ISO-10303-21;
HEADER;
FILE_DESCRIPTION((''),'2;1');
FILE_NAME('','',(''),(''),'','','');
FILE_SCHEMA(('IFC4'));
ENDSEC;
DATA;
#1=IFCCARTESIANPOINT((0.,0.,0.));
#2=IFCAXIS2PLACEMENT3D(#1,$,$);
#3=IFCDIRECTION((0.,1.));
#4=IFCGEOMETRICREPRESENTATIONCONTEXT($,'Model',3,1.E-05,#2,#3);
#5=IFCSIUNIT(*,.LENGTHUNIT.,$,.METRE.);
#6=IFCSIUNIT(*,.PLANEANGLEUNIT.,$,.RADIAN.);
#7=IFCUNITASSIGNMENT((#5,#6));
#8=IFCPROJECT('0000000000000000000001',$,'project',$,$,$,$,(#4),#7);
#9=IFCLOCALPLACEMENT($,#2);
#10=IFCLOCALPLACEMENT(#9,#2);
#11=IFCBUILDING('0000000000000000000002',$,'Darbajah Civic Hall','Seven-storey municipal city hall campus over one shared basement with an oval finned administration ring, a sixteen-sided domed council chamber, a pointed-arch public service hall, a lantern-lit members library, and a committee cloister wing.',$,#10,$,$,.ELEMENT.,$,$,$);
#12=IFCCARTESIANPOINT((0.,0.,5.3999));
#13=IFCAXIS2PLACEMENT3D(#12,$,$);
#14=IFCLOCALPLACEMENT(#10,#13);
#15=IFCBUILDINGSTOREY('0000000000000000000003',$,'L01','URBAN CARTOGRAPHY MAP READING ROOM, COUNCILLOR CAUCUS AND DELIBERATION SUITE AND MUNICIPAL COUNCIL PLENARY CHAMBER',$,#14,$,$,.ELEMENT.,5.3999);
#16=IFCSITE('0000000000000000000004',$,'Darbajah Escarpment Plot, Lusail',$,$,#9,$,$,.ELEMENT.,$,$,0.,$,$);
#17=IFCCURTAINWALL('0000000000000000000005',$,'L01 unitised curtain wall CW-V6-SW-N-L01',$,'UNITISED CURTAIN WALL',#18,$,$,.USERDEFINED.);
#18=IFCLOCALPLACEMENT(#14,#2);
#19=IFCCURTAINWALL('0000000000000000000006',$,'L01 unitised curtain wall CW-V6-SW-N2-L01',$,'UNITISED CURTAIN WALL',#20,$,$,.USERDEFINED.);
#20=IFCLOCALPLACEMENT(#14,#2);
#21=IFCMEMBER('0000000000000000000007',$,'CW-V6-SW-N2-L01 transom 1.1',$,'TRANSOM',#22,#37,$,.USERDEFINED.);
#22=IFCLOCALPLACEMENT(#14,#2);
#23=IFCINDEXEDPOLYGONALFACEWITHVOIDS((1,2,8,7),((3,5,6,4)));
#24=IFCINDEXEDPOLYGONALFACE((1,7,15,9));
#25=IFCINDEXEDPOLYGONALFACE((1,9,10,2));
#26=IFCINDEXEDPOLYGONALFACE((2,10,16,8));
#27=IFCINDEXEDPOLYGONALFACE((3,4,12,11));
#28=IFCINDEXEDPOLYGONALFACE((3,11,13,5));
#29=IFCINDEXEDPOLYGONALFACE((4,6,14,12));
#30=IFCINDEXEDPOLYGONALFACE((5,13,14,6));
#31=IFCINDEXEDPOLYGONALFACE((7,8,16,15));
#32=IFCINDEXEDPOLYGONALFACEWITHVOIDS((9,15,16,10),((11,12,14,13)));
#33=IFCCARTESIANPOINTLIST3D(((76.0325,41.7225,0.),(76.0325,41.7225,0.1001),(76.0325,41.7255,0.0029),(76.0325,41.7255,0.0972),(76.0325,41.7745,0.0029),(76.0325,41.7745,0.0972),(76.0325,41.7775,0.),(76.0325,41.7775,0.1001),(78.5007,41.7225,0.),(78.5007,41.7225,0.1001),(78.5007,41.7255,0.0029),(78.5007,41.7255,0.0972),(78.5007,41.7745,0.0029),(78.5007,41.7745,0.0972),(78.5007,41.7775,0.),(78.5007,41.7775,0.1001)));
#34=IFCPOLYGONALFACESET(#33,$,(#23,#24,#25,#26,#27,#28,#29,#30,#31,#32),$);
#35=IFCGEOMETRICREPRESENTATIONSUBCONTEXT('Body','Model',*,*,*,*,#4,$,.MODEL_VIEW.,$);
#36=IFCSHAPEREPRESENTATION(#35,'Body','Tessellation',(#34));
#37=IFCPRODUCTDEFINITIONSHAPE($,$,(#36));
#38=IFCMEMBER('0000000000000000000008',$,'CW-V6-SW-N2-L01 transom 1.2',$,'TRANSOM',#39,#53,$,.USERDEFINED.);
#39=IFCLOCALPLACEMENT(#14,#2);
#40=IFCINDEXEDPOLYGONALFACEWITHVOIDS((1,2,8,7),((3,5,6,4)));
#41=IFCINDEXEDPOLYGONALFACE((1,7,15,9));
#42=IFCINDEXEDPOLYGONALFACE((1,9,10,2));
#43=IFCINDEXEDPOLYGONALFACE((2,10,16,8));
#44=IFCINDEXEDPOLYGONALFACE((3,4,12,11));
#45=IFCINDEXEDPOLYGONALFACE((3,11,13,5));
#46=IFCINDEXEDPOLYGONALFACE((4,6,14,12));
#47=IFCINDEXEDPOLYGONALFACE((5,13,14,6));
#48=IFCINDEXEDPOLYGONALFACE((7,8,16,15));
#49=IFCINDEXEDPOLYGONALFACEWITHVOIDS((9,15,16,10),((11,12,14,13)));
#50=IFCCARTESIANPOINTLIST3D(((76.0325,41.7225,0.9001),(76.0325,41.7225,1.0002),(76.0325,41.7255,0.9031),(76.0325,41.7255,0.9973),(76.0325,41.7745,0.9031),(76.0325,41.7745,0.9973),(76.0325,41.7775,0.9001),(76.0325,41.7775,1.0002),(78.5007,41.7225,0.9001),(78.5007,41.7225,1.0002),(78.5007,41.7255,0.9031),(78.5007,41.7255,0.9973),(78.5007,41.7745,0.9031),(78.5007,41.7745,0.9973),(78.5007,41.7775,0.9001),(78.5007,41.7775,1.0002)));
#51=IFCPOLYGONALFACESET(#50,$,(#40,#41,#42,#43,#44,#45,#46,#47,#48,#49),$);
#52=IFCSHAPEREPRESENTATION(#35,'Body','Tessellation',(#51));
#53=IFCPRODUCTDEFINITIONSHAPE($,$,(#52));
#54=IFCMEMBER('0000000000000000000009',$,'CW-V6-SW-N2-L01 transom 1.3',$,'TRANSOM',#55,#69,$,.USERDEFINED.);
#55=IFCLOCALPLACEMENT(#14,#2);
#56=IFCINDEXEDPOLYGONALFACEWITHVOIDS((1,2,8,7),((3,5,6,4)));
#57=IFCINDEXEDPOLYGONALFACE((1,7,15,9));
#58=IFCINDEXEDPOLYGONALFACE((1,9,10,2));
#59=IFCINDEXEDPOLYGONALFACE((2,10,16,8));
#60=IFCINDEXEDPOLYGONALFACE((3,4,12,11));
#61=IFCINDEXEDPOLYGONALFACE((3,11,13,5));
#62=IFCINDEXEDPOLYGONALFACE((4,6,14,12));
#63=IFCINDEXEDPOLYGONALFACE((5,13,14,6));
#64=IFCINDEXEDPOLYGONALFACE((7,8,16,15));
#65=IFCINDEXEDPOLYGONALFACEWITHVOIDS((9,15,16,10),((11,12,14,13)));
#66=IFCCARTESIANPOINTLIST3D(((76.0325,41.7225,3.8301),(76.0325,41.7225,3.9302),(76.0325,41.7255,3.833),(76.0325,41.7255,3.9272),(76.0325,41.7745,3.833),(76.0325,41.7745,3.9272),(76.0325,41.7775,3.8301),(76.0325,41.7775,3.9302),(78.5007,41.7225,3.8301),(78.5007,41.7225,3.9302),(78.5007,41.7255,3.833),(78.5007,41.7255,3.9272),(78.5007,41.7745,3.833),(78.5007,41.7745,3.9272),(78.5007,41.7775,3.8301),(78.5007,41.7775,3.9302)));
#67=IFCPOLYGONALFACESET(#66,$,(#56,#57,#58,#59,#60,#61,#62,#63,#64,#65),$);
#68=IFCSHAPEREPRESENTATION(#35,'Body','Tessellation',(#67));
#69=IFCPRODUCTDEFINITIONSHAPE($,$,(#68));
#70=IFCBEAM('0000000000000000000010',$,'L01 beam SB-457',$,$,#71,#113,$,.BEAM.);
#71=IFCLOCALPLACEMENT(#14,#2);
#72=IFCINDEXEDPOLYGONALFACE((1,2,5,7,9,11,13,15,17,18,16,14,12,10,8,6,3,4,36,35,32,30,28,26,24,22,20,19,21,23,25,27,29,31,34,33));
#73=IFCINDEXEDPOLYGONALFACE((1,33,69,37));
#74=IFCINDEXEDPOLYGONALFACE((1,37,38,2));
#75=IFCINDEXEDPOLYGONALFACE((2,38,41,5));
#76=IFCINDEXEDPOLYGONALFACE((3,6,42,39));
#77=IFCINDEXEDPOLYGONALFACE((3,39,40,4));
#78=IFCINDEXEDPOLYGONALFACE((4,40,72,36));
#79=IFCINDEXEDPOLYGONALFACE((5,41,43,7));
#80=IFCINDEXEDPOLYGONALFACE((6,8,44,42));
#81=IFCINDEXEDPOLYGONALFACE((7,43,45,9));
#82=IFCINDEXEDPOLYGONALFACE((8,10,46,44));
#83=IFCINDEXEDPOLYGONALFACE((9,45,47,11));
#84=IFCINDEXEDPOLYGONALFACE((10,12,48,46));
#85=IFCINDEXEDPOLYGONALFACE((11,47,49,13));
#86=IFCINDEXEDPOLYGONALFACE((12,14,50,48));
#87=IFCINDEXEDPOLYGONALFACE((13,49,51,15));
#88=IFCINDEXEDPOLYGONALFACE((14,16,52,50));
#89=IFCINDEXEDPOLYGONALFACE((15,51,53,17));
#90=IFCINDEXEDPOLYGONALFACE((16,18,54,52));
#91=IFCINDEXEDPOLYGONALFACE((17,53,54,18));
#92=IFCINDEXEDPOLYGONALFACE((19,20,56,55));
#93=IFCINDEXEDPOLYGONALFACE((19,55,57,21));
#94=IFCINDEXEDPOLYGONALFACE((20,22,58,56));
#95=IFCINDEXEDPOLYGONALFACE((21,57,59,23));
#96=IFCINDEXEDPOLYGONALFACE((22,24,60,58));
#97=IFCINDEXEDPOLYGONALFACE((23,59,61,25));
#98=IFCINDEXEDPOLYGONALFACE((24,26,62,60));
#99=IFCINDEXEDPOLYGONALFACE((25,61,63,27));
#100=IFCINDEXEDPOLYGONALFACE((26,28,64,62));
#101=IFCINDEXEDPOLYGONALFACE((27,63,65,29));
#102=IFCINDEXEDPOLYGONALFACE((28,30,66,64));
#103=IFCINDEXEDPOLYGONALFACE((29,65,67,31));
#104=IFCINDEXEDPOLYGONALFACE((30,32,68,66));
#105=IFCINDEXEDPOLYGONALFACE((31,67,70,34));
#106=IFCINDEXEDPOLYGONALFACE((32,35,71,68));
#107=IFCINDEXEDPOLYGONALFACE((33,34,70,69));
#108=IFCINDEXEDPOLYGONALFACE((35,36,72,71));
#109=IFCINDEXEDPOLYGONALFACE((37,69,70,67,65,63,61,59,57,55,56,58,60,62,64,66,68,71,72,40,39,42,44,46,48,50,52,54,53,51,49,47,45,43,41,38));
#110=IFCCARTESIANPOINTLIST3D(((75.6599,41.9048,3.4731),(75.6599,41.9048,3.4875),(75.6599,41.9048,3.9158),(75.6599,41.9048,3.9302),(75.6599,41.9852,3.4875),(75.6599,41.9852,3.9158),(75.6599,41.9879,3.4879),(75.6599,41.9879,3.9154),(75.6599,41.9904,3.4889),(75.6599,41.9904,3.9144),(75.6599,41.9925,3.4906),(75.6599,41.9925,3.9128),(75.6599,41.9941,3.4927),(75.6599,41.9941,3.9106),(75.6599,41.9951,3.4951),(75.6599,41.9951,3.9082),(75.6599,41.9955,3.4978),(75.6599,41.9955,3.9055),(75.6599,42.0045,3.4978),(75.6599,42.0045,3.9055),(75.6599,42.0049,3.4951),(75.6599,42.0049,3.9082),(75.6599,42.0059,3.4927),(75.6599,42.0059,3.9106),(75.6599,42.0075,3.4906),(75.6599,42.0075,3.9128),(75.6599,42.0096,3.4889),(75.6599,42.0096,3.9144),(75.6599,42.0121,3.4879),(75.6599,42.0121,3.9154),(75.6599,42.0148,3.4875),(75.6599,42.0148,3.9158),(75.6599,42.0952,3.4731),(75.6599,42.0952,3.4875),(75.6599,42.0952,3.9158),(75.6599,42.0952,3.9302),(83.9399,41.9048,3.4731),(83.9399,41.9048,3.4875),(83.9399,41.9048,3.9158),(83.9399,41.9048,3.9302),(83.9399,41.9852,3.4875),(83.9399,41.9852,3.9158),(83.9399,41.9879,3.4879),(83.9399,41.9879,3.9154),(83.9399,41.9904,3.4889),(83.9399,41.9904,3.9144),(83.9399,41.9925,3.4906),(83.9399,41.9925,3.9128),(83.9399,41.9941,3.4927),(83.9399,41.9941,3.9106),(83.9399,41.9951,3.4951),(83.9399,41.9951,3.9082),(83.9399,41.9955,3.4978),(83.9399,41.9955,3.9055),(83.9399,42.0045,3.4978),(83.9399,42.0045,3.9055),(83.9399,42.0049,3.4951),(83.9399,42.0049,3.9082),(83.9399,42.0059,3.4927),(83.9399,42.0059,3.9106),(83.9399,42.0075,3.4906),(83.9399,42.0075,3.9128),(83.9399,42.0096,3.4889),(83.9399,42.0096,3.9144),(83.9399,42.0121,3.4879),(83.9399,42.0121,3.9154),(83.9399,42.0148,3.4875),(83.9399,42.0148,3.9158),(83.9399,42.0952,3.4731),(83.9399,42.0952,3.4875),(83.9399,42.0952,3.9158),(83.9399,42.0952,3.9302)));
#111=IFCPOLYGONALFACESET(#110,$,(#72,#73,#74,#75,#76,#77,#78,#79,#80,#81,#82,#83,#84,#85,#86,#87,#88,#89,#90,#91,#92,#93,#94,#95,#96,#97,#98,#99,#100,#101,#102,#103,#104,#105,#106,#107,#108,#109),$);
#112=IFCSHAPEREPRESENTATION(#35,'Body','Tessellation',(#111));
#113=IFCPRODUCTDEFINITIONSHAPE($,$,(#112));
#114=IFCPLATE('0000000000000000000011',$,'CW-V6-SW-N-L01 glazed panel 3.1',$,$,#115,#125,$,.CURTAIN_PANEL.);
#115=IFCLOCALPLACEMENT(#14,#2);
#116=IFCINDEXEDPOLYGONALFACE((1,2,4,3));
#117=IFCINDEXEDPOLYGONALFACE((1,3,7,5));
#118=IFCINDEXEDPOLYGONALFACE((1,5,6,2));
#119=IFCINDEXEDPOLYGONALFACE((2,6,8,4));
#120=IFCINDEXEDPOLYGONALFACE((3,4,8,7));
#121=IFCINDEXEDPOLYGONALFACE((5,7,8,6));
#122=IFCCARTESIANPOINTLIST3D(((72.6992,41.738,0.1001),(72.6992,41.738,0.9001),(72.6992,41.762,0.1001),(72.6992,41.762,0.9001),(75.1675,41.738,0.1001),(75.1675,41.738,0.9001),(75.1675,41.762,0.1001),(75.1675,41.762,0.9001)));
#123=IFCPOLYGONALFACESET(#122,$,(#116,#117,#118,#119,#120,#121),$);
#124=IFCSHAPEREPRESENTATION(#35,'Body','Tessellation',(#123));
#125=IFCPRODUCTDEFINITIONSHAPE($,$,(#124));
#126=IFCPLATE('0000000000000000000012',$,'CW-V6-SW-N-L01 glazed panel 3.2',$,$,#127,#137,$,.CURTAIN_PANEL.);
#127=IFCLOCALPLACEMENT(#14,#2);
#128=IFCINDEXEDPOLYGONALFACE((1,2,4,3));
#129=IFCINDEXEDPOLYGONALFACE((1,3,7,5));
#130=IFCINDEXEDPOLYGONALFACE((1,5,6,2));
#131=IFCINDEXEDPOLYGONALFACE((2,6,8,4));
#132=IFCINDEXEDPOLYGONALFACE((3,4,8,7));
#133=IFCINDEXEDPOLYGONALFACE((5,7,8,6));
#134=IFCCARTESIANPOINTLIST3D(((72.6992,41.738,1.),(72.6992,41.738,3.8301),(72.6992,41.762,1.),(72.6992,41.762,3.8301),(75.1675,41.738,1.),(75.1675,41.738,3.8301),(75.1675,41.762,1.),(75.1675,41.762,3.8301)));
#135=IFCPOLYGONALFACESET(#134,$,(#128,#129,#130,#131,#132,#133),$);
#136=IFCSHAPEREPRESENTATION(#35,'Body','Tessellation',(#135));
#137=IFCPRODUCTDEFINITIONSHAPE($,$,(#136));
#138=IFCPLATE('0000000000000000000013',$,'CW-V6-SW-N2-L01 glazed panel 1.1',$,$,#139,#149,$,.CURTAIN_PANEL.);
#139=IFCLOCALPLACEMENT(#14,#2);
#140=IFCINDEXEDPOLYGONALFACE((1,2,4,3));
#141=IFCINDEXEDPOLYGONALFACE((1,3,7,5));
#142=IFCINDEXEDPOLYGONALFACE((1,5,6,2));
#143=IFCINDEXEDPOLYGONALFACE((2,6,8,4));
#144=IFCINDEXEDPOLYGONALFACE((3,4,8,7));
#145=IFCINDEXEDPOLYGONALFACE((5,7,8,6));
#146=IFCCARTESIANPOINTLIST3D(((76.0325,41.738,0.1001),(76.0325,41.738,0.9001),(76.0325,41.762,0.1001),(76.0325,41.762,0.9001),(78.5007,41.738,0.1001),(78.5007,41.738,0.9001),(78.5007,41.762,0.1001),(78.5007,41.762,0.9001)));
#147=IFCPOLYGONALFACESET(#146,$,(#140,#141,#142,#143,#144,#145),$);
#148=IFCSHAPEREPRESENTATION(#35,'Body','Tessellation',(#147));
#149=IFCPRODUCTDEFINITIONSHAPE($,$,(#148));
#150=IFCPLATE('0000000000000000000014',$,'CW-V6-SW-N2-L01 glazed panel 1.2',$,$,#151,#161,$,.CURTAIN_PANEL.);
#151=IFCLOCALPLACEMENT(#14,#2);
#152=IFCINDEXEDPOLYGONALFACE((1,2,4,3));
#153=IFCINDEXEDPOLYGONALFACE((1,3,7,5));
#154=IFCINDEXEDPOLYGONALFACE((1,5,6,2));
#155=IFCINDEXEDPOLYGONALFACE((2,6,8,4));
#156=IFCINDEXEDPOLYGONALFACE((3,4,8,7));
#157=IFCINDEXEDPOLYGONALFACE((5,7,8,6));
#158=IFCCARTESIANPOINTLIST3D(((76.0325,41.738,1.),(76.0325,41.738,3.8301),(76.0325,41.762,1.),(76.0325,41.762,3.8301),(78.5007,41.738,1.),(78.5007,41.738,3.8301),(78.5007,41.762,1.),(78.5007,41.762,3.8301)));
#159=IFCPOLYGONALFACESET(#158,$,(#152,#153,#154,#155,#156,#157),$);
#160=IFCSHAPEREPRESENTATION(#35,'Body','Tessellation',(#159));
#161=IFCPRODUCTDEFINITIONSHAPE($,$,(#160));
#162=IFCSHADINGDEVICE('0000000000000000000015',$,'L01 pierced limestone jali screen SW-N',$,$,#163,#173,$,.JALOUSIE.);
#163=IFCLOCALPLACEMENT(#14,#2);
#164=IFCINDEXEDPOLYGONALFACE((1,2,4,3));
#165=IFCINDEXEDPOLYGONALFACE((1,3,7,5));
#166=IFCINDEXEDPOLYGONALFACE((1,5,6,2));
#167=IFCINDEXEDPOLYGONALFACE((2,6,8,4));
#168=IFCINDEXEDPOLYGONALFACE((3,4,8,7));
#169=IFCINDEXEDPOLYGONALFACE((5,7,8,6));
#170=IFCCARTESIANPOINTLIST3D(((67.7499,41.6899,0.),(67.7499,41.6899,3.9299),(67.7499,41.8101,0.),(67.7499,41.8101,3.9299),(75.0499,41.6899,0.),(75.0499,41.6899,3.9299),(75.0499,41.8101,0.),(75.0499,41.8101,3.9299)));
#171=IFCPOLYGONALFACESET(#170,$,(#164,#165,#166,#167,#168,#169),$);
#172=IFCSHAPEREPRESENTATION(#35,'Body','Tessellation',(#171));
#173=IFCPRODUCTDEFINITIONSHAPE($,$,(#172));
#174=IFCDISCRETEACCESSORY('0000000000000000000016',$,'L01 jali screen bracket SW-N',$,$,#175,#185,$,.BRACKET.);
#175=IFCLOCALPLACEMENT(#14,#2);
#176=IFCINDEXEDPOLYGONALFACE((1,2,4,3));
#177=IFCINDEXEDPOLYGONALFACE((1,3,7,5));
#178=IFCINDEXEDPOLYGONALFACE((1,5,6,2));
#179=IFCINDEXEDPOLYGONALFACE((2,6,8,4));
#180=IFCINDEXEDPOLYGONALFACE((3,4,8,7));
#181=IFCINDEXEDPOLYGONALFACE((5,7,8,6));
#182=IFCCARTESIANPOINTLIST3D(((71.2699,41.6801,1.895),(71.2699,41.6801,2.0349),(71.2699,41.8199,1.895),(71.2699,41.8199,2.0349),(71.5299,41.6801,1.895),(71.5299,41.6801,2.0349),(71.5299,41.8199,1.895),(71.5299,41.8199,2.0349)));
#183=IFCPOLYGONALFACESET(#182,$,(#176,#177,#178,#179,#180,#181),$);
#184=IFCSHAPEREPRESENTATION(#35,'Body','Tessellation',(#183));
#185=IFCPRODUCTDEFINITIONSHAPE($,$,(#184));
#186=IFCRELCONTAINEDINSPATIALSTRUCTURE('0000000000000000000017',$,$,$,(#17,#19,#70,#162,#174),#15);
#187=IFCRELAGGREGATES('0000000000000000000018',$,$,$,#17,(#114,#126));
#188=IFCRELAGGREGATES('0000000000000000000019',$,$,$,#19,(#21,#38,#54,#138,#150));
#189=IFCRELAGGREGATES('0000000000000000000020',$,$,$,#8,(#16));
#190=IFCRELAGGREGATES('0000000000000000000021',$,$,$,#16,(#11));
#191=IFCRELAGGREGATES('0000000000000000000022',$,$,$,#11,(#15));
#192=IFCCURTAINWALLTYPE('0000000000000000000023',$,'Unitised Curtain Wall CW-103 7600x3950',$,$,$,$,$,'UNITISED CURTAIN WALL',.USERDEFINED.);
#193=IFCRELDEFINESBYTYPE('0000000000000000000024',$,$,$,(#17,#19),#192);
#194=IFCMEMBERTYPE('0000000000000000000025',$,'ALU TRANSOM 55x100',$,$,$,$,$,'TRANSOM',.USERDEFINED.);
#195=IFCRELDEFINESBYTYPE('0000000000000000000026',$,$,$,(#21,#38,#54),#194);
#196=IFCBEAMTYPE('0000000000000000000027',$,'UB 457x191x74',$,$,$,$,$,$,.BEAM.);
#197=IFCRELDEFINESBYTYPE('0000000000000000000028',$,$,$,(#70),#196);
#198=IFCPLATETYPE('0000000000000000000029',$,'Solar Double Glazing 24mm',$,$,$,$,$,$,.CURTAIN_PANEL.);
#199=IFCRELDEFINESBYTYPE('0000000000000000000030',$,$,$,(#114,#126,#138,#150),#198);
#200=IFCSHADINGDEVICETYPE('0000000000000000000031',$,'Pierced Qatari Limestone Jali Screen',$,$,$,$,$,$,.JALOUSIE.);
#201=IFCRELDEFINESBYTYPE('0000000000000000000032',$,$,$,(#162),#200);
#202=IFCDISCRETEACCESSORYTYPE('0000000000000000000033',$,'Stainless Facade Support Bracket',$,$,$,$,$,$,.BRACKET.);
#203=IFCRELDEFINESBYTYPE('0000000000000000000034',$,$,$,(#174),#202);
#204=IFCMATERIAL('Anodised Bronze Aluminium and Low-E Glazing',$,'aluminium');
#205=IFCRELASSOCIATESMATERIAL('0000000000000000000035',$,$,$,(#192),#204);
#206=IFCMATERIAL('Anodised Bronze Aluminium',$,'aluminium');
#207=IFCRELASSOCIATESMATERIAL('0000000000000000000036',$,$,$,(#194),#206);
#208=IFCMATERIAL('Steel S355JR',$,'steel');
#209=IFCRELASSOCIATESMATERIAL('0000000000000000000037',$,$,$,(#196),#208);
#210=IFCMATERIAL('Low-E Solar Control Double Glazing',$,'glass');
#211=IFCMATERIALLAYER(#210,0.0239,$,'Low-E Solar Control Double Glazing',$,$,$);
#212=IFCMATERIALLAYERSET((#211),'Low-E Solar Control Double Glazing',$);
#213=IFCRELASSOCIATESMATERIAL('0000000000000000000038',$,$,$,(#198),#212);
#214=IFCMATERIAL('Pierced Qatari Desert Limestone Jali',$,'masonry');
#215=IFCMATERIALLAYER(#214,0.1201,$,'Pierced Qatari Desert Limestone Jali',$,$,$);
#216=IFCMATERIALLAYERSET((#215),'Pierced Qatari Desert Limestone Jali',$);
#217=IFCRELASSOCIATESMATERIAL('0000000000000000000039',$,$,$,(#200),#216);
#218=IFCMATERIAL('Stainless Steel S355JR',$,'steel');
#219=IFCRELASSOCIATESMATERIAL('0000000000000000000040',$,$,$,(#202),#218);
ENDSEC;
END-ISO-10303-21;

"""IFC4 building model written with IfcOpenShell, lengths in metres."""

from ifc_helpers import new_model, si_unit, direction, frame, origin, origin_2d, place, context, subcontext, project, spatial, rectangle, hollow_rectangle, i_section, extrude, material, layer, layer_set, material_profile, profile_set, type_object, element, aggregate, save


model = new_model("IFC4")

# Units and contexts
model_context = context("Model", 3, precision=1e-05, world=origin(), true_north=direction((0.0, 1.0)))
body_context = subcontext(model_context, "Body", "Model", "MODEL_VIEW")
ifc_project = project(units=[si_unit("LENGTHUNIT", "METRE"), si_unit("PLANEANGLEUNIT", "RADIAN")], contexts=[model_context])

# Site, building, storey
site_placement = place(None, origin())
site = spatial("IfcSite", under=ifc_project, at=site_placement, Name="Darbajah Escarpment Plot, Lusail", CompositionType="ELEMENT", RefElevation=0.0)
building_placement = place(site_placement, origin())
building = spatial("IfcBuilding", under=site, at=building_placement, Name="Darbajah Civic Hall", Description="Seven-storey municipal city hall campus over one shared basement with an oval finned administration ring, a sixteen-sided domed council chamber, a pointed-arch public service hall, a lantern-lit members library, and a committee cloister wing.", CompositionType="ELEMENT")
storey_placement = place(building_placement, frame((0.0, 0.0, 5.3999)))
storey = spatial("IfcBuildingStorey", under=building, at=storey_placement, Name="L01", Description="URBAN CARTOGRAPHY MAP READING ROOM, COUNCILLOR CAUCUS AND DELIBERATION SUITE AND MUNICIPAL COUNCIL PLENARY CHAMBER", CompositionType="ELEMENT", Elevation=5.3999)

# Shared definitions
ifc_material_1 = material(Name="Steel S355JR", Category="steel")

# Curtain walls
ifc_material_2 = material(Name="Anodised Bronze Aluminium and Low-E Glazing", Category="aluminium")
curtain_wall_type = type_object("IfcCurtainWallType", Name="Unitised Curtain Wall CW-103 7600x3950", ElementType="UNITISED CURTAIN WALL", PredefinedType="USERDEFINED", material=ifc_material_2)
curtain_wall_1_placement = place(storey_placement, origin())
curtain_wall_1 = element("IfcCurtainWall", 1, at=curtain_wall_1_placement, inside=storey, type_object=curtain_wall_type, Name="L01 unitised curtain wall CW-V6-SW-N-L01", ObjectType="UNITISED CURTAIN WALL", PredefinedType="USERDEFINED")
ifc_material_3 = material(Name="Anodised Bronze Aluminium", Category="aluminium")
curtain_wall_2_placement = place(storey_placement, origin())
curtain_wall_2 = element("IfcCurtainWall", 2, at=curtain_wall_2_placement, inside=storey, type_object=curtain_wall_type, Name="L01 unitised curtain wall CW-V6-SW-N2-L01", ObjectType="UNITISED CURTAIN WALL", PredefinedType="USERDEFINED")

# Shared definitions
ifc_material_profile_1 = material_profile(ifc_material_3, hollow_rectangle(XDim=0.0549, YDim=0.1001, WallThickness=0.0029, at=origin_2d()), Name="ALU TRANSOM 55x100")
ifc_profile_set_1 = profile_set([ifc_material_profile_1], Name="Anodised Bronze Aluminium")
member_type_1 = type_object("IfcMemberType", Name="ALU TRANSOM 55x100", ElementType="TRANSOM", PredefinedType="USERDEFINED", material=ifc_profile_set_1)

# Members
member_1_placement = place(storey_placement, frame((76.0325, 41.75, 0.05), z_axis=(1.0, 0.0, 0.0), x_axis=(0.0, 1.0, 0.0)))
member_1 = element("IfcMember", 3, at=member_1_placement, type_object=member_type_1, Name="CW-V6-SW-N2-L01 transom 1.1", ObjectType="TRANSOM", PredefinedType="USERDEFINED", context=body_context, shape_type="SweptSolid", body=[
    extrude(hollow_rectangle(XDim=0.0549, YDim=0.1001, WallThickness=0.0029, at=origin_2d()), origin(), (0.0, 0.0, 1.0), 2.4683),
])
member_2_placement = place(storey_placement, frame((76.0325, 41.75, 0.9502), z_axis=(1.0, 0.0, 0.0), x_axis=(0.0, 1.0, 0.0)))
member_2 = element("IfcMember", 4, at=member_2_placement, type_object=member_type_1, Name="CW-V6-SW-N2-L01 transom 1.2", ObjectType="TRANSOM", PredefinedType="USERDEFINED", context=body_context, shape_type="SweptSolid", body=[
    extrude(hollow_rectangle(XDim=0.0549, YDim=0.1001, WallThickness=0.0029, at=origin_2d()), origin(), (0.0, 0.0, 1.0), 2.4683),
])
member_3_placement = place(storey_placement, frame((76.0325, 41.75, 3.8801), z_axis=(1.0, 0.0, 0.0), x_axis=(0.0, 1.0, 0.0)))
member_3 = element("IfcMember", 5, at=member_3_placement, type_object=member_type_1, Name="CW-V6-SW-N2-L01 transom 1.3", ObjectType="TRANSOM", PredefinedType="USERDEFINED", context=body_context, shape_type="SweptSolid", body=[
    extrude(hollow_rectangle(XDim=0.0549, YDim=0.1001, WallThickness=0.0029, at=origin_2d()), origin(), (0.0, 0.0, 1.0), 2.4683),
])

# Beam
ifc_material_profile_2 = material_profile(ifc_material_1, i_section(OverallWidth=0.1904, OverallDepth=0.457, WebThickness=0.009, FlangeThickness=0.0144, FilletRadius=0.0103, at=origin_2d()), Name="UB 457x191x74")
ifc_profile_set_2 = profile_set([ifc_material_profile_2], Name="Steel S355JR")
beam_type = type_object("IfcBeamType", Name="UB 457x191x74", PredefinedType="BEAM", material=ifc_profile_set_2)
beam_placement = place(storey_placement, frame((75.6599, 42.0, 3.7017), z_axis=(1.0, 0.0, 0.0), x_axis=(0.0, 1.0, 0.0)))
element("IfcBeam", 6, at=beam_placement, inside=storey, type_object=beam_type, Name="L01 beam SB-457", PredefinedType="BEAM", context=body_context, shape_type="SweptSolid", body=[
    extrude(i_section(OverallWidth=0.1904, OverallDepth=0.457, WebThickness=0.009, FlangeThickness=0.0144, FilletRadius=0.0103, at=origin_2d()), origin(), (0.0, 0.0, 1.0), 8.28),
])

# Plates
ifc_material_4 = material(Name="Low-E Solar Control Double Glazing", Category="glass")
ifc_layer_1 = layer(ifc_material_4, 0.0239, Name="Low-E Solar Control Double Glazing")
ifc_layer_set_1 = layer_set([ifc_layer_1], Name="Low-E Solar Control Double Glazing")
plate_type = type_object("IfcPlateType", Name="Solar Double Glazing 24mm", PredefinedType="CURTAIN_PANEL", material=ifc_layer_set_1)
plate_1_placement = place(storey_placement, frame((73.9333, 41.75, 0.1001), z_axis=(0.0, 0.0, 1.0), x_axis=(1.0, 0.0, 0.0)))
plate_1 = element("IfcPlate", 7, at=plate_1_placement, type_object=plate_type, Name="CW-V6-SW-N-L01 glazed panel 3.1", PredefinedType="CURTAIN_PANEL", context=body_context, shape_type="SweptSolid", body=[
    extrude(rectangle(XDim=2.4683, YDim=0.0239, at=origin_2d()), origin(), (0.0, 0.0, 1.0), 0.8),
])
plate_2_placement = place(storey_placement, frame((73.9333, 41.75, 1.0), z_axis=(0.0, 0.0, 1.0), x_axis=(1.0, 0.0, 0.0)))
plate_2 = element("IfcPlate", 8, at=plate_2_placement, type_object=plate_type, Name="CW-V6-SW-N-L01 glazed panel 3.2", PredefinedType="CURTAIN_PANEL", context=body_context, shape_type="SweptSolid", body=[
    extrude(rectangle(XDim=2.4683, YDim=0.0239, at=origin_2d()), origin(), (0.0, 0.0, 1.0), 2.8301),
])
aggregate(curtain_wall_1, [plate_1, plate_2])
plate_3_placement = place(storey_placement, frame((77.2666, 41.75, 0.1001), z_axis=(0.0, 0.0, 1.0), x_axis=(1.0, 0.0, 0.0)))
plate_3 = element("IfcPlate", 9, at=plate_3_placement, type_object=plate_type, Name="CW-V6-SW-N2-L01 glazed panel 1.1", PredefinedType="CURTAIN_PANEL", context=body_context, shape_type="SweptSolid", body=[
    extrude(rectangle(XDim=2.4683, YDim=0.0239, at=origin_2d()), origin(), (0.0, 0.0, 1.0), 0.8),
])
plate_4_placement = place(storey_placement, frame((77.2666, 41.75, 1.0), z_axis=(0.0, 0.0, 1.0), x_axis=(1.0, 0.0, 0.0)))
plate_4 = element("IfcPlate", 10, at=plate_4_placement, type_object=plate_type, Name="CW-V6-SW-N2-L01 glazed panel 1.2", PredefinedType="CURTAIN_PANEL", context=body_context, shape_type="SweptSolid", body=[
    extrude(rectangle(XDim=2.4683, YDim=0.0239, at=origin_2d()), origin(), (0.0, 0.0, 1.0), 2.8301),
])
aggregate(curtain_wall_2, [member_1, member_2, member_3, plate_3, plate_4])

# Shading device
ifc_material_5 = material(Name="Pierced Qatari Desert Limestone Jali", Category="masonry")
ifc_layer_2 = layer(ifc_material_5, 0.1201, Name="Pierced Qatari Desert Limestone Jali")
ifc_layer_set_2 = layer_set([ifc_layer_2], Name="Pierced Qatari Desert Limestone Jali")
shading_device_type = type_object("IfcShadingDeviceType", Name="Pierced Qatari Limestone Jali Screen", PredefinedType="JALOUSIE", material=ifc_layer_set_2)
shading_device_placement = place(storey_placement, frame((71.3999, 41.75, 0.0), z_axis=(0.0, 0.0, 1.0), x_axis=(1.0, 0.0, 0.0)))
element("IfcShadingDevice", 11, at=shading_device_placement, inside=storey, type_object=shading_device_type, Name="L01 pierced limestone jali screen SW-N", PredefinedType="JALOUSIE", context=body_context, shape_type="SweptSolid", body=[
    extrude(rectangle(XDim=7.3, YDim=0.1201, at=origin_2d()), origin(), (0.0, 0.0, 1.0), 3.9299),
])

# Discrete accessory
ifc_material_6 = material(Name="Stainless Steel S355JR", Category="steel")
discrete_accessory_type = type_object("IfcDiscreteAccessoryType", Name="Stainless Facade Support Bracket", PredefinedType="BRACKET", material=ifc_material_6)
discrete_accessory_placement = place(storey_placement, frame((71.3999, 41.75, 1.895), z_axis=(0.0, 0.0, 1.0), x_axis=(1.0, 0.0, 0.0)))
element("IfcDiscreteAccessory", 12, at=discrete_accessory_placement, inside=storey, type_object=discrete_accessory_type, Name="L01 jali screen bracket SW-N", PredefinedType="BRACKET", context=body_context, shape_type="SweptSolid", body=[
    extrude(rectangle(XDim=0.26, YDim=0.1399, at=origin_2d()), origin(), (0.0, 0.0, 1.0), 0.1399),
])

save(model, "model.ifc")
